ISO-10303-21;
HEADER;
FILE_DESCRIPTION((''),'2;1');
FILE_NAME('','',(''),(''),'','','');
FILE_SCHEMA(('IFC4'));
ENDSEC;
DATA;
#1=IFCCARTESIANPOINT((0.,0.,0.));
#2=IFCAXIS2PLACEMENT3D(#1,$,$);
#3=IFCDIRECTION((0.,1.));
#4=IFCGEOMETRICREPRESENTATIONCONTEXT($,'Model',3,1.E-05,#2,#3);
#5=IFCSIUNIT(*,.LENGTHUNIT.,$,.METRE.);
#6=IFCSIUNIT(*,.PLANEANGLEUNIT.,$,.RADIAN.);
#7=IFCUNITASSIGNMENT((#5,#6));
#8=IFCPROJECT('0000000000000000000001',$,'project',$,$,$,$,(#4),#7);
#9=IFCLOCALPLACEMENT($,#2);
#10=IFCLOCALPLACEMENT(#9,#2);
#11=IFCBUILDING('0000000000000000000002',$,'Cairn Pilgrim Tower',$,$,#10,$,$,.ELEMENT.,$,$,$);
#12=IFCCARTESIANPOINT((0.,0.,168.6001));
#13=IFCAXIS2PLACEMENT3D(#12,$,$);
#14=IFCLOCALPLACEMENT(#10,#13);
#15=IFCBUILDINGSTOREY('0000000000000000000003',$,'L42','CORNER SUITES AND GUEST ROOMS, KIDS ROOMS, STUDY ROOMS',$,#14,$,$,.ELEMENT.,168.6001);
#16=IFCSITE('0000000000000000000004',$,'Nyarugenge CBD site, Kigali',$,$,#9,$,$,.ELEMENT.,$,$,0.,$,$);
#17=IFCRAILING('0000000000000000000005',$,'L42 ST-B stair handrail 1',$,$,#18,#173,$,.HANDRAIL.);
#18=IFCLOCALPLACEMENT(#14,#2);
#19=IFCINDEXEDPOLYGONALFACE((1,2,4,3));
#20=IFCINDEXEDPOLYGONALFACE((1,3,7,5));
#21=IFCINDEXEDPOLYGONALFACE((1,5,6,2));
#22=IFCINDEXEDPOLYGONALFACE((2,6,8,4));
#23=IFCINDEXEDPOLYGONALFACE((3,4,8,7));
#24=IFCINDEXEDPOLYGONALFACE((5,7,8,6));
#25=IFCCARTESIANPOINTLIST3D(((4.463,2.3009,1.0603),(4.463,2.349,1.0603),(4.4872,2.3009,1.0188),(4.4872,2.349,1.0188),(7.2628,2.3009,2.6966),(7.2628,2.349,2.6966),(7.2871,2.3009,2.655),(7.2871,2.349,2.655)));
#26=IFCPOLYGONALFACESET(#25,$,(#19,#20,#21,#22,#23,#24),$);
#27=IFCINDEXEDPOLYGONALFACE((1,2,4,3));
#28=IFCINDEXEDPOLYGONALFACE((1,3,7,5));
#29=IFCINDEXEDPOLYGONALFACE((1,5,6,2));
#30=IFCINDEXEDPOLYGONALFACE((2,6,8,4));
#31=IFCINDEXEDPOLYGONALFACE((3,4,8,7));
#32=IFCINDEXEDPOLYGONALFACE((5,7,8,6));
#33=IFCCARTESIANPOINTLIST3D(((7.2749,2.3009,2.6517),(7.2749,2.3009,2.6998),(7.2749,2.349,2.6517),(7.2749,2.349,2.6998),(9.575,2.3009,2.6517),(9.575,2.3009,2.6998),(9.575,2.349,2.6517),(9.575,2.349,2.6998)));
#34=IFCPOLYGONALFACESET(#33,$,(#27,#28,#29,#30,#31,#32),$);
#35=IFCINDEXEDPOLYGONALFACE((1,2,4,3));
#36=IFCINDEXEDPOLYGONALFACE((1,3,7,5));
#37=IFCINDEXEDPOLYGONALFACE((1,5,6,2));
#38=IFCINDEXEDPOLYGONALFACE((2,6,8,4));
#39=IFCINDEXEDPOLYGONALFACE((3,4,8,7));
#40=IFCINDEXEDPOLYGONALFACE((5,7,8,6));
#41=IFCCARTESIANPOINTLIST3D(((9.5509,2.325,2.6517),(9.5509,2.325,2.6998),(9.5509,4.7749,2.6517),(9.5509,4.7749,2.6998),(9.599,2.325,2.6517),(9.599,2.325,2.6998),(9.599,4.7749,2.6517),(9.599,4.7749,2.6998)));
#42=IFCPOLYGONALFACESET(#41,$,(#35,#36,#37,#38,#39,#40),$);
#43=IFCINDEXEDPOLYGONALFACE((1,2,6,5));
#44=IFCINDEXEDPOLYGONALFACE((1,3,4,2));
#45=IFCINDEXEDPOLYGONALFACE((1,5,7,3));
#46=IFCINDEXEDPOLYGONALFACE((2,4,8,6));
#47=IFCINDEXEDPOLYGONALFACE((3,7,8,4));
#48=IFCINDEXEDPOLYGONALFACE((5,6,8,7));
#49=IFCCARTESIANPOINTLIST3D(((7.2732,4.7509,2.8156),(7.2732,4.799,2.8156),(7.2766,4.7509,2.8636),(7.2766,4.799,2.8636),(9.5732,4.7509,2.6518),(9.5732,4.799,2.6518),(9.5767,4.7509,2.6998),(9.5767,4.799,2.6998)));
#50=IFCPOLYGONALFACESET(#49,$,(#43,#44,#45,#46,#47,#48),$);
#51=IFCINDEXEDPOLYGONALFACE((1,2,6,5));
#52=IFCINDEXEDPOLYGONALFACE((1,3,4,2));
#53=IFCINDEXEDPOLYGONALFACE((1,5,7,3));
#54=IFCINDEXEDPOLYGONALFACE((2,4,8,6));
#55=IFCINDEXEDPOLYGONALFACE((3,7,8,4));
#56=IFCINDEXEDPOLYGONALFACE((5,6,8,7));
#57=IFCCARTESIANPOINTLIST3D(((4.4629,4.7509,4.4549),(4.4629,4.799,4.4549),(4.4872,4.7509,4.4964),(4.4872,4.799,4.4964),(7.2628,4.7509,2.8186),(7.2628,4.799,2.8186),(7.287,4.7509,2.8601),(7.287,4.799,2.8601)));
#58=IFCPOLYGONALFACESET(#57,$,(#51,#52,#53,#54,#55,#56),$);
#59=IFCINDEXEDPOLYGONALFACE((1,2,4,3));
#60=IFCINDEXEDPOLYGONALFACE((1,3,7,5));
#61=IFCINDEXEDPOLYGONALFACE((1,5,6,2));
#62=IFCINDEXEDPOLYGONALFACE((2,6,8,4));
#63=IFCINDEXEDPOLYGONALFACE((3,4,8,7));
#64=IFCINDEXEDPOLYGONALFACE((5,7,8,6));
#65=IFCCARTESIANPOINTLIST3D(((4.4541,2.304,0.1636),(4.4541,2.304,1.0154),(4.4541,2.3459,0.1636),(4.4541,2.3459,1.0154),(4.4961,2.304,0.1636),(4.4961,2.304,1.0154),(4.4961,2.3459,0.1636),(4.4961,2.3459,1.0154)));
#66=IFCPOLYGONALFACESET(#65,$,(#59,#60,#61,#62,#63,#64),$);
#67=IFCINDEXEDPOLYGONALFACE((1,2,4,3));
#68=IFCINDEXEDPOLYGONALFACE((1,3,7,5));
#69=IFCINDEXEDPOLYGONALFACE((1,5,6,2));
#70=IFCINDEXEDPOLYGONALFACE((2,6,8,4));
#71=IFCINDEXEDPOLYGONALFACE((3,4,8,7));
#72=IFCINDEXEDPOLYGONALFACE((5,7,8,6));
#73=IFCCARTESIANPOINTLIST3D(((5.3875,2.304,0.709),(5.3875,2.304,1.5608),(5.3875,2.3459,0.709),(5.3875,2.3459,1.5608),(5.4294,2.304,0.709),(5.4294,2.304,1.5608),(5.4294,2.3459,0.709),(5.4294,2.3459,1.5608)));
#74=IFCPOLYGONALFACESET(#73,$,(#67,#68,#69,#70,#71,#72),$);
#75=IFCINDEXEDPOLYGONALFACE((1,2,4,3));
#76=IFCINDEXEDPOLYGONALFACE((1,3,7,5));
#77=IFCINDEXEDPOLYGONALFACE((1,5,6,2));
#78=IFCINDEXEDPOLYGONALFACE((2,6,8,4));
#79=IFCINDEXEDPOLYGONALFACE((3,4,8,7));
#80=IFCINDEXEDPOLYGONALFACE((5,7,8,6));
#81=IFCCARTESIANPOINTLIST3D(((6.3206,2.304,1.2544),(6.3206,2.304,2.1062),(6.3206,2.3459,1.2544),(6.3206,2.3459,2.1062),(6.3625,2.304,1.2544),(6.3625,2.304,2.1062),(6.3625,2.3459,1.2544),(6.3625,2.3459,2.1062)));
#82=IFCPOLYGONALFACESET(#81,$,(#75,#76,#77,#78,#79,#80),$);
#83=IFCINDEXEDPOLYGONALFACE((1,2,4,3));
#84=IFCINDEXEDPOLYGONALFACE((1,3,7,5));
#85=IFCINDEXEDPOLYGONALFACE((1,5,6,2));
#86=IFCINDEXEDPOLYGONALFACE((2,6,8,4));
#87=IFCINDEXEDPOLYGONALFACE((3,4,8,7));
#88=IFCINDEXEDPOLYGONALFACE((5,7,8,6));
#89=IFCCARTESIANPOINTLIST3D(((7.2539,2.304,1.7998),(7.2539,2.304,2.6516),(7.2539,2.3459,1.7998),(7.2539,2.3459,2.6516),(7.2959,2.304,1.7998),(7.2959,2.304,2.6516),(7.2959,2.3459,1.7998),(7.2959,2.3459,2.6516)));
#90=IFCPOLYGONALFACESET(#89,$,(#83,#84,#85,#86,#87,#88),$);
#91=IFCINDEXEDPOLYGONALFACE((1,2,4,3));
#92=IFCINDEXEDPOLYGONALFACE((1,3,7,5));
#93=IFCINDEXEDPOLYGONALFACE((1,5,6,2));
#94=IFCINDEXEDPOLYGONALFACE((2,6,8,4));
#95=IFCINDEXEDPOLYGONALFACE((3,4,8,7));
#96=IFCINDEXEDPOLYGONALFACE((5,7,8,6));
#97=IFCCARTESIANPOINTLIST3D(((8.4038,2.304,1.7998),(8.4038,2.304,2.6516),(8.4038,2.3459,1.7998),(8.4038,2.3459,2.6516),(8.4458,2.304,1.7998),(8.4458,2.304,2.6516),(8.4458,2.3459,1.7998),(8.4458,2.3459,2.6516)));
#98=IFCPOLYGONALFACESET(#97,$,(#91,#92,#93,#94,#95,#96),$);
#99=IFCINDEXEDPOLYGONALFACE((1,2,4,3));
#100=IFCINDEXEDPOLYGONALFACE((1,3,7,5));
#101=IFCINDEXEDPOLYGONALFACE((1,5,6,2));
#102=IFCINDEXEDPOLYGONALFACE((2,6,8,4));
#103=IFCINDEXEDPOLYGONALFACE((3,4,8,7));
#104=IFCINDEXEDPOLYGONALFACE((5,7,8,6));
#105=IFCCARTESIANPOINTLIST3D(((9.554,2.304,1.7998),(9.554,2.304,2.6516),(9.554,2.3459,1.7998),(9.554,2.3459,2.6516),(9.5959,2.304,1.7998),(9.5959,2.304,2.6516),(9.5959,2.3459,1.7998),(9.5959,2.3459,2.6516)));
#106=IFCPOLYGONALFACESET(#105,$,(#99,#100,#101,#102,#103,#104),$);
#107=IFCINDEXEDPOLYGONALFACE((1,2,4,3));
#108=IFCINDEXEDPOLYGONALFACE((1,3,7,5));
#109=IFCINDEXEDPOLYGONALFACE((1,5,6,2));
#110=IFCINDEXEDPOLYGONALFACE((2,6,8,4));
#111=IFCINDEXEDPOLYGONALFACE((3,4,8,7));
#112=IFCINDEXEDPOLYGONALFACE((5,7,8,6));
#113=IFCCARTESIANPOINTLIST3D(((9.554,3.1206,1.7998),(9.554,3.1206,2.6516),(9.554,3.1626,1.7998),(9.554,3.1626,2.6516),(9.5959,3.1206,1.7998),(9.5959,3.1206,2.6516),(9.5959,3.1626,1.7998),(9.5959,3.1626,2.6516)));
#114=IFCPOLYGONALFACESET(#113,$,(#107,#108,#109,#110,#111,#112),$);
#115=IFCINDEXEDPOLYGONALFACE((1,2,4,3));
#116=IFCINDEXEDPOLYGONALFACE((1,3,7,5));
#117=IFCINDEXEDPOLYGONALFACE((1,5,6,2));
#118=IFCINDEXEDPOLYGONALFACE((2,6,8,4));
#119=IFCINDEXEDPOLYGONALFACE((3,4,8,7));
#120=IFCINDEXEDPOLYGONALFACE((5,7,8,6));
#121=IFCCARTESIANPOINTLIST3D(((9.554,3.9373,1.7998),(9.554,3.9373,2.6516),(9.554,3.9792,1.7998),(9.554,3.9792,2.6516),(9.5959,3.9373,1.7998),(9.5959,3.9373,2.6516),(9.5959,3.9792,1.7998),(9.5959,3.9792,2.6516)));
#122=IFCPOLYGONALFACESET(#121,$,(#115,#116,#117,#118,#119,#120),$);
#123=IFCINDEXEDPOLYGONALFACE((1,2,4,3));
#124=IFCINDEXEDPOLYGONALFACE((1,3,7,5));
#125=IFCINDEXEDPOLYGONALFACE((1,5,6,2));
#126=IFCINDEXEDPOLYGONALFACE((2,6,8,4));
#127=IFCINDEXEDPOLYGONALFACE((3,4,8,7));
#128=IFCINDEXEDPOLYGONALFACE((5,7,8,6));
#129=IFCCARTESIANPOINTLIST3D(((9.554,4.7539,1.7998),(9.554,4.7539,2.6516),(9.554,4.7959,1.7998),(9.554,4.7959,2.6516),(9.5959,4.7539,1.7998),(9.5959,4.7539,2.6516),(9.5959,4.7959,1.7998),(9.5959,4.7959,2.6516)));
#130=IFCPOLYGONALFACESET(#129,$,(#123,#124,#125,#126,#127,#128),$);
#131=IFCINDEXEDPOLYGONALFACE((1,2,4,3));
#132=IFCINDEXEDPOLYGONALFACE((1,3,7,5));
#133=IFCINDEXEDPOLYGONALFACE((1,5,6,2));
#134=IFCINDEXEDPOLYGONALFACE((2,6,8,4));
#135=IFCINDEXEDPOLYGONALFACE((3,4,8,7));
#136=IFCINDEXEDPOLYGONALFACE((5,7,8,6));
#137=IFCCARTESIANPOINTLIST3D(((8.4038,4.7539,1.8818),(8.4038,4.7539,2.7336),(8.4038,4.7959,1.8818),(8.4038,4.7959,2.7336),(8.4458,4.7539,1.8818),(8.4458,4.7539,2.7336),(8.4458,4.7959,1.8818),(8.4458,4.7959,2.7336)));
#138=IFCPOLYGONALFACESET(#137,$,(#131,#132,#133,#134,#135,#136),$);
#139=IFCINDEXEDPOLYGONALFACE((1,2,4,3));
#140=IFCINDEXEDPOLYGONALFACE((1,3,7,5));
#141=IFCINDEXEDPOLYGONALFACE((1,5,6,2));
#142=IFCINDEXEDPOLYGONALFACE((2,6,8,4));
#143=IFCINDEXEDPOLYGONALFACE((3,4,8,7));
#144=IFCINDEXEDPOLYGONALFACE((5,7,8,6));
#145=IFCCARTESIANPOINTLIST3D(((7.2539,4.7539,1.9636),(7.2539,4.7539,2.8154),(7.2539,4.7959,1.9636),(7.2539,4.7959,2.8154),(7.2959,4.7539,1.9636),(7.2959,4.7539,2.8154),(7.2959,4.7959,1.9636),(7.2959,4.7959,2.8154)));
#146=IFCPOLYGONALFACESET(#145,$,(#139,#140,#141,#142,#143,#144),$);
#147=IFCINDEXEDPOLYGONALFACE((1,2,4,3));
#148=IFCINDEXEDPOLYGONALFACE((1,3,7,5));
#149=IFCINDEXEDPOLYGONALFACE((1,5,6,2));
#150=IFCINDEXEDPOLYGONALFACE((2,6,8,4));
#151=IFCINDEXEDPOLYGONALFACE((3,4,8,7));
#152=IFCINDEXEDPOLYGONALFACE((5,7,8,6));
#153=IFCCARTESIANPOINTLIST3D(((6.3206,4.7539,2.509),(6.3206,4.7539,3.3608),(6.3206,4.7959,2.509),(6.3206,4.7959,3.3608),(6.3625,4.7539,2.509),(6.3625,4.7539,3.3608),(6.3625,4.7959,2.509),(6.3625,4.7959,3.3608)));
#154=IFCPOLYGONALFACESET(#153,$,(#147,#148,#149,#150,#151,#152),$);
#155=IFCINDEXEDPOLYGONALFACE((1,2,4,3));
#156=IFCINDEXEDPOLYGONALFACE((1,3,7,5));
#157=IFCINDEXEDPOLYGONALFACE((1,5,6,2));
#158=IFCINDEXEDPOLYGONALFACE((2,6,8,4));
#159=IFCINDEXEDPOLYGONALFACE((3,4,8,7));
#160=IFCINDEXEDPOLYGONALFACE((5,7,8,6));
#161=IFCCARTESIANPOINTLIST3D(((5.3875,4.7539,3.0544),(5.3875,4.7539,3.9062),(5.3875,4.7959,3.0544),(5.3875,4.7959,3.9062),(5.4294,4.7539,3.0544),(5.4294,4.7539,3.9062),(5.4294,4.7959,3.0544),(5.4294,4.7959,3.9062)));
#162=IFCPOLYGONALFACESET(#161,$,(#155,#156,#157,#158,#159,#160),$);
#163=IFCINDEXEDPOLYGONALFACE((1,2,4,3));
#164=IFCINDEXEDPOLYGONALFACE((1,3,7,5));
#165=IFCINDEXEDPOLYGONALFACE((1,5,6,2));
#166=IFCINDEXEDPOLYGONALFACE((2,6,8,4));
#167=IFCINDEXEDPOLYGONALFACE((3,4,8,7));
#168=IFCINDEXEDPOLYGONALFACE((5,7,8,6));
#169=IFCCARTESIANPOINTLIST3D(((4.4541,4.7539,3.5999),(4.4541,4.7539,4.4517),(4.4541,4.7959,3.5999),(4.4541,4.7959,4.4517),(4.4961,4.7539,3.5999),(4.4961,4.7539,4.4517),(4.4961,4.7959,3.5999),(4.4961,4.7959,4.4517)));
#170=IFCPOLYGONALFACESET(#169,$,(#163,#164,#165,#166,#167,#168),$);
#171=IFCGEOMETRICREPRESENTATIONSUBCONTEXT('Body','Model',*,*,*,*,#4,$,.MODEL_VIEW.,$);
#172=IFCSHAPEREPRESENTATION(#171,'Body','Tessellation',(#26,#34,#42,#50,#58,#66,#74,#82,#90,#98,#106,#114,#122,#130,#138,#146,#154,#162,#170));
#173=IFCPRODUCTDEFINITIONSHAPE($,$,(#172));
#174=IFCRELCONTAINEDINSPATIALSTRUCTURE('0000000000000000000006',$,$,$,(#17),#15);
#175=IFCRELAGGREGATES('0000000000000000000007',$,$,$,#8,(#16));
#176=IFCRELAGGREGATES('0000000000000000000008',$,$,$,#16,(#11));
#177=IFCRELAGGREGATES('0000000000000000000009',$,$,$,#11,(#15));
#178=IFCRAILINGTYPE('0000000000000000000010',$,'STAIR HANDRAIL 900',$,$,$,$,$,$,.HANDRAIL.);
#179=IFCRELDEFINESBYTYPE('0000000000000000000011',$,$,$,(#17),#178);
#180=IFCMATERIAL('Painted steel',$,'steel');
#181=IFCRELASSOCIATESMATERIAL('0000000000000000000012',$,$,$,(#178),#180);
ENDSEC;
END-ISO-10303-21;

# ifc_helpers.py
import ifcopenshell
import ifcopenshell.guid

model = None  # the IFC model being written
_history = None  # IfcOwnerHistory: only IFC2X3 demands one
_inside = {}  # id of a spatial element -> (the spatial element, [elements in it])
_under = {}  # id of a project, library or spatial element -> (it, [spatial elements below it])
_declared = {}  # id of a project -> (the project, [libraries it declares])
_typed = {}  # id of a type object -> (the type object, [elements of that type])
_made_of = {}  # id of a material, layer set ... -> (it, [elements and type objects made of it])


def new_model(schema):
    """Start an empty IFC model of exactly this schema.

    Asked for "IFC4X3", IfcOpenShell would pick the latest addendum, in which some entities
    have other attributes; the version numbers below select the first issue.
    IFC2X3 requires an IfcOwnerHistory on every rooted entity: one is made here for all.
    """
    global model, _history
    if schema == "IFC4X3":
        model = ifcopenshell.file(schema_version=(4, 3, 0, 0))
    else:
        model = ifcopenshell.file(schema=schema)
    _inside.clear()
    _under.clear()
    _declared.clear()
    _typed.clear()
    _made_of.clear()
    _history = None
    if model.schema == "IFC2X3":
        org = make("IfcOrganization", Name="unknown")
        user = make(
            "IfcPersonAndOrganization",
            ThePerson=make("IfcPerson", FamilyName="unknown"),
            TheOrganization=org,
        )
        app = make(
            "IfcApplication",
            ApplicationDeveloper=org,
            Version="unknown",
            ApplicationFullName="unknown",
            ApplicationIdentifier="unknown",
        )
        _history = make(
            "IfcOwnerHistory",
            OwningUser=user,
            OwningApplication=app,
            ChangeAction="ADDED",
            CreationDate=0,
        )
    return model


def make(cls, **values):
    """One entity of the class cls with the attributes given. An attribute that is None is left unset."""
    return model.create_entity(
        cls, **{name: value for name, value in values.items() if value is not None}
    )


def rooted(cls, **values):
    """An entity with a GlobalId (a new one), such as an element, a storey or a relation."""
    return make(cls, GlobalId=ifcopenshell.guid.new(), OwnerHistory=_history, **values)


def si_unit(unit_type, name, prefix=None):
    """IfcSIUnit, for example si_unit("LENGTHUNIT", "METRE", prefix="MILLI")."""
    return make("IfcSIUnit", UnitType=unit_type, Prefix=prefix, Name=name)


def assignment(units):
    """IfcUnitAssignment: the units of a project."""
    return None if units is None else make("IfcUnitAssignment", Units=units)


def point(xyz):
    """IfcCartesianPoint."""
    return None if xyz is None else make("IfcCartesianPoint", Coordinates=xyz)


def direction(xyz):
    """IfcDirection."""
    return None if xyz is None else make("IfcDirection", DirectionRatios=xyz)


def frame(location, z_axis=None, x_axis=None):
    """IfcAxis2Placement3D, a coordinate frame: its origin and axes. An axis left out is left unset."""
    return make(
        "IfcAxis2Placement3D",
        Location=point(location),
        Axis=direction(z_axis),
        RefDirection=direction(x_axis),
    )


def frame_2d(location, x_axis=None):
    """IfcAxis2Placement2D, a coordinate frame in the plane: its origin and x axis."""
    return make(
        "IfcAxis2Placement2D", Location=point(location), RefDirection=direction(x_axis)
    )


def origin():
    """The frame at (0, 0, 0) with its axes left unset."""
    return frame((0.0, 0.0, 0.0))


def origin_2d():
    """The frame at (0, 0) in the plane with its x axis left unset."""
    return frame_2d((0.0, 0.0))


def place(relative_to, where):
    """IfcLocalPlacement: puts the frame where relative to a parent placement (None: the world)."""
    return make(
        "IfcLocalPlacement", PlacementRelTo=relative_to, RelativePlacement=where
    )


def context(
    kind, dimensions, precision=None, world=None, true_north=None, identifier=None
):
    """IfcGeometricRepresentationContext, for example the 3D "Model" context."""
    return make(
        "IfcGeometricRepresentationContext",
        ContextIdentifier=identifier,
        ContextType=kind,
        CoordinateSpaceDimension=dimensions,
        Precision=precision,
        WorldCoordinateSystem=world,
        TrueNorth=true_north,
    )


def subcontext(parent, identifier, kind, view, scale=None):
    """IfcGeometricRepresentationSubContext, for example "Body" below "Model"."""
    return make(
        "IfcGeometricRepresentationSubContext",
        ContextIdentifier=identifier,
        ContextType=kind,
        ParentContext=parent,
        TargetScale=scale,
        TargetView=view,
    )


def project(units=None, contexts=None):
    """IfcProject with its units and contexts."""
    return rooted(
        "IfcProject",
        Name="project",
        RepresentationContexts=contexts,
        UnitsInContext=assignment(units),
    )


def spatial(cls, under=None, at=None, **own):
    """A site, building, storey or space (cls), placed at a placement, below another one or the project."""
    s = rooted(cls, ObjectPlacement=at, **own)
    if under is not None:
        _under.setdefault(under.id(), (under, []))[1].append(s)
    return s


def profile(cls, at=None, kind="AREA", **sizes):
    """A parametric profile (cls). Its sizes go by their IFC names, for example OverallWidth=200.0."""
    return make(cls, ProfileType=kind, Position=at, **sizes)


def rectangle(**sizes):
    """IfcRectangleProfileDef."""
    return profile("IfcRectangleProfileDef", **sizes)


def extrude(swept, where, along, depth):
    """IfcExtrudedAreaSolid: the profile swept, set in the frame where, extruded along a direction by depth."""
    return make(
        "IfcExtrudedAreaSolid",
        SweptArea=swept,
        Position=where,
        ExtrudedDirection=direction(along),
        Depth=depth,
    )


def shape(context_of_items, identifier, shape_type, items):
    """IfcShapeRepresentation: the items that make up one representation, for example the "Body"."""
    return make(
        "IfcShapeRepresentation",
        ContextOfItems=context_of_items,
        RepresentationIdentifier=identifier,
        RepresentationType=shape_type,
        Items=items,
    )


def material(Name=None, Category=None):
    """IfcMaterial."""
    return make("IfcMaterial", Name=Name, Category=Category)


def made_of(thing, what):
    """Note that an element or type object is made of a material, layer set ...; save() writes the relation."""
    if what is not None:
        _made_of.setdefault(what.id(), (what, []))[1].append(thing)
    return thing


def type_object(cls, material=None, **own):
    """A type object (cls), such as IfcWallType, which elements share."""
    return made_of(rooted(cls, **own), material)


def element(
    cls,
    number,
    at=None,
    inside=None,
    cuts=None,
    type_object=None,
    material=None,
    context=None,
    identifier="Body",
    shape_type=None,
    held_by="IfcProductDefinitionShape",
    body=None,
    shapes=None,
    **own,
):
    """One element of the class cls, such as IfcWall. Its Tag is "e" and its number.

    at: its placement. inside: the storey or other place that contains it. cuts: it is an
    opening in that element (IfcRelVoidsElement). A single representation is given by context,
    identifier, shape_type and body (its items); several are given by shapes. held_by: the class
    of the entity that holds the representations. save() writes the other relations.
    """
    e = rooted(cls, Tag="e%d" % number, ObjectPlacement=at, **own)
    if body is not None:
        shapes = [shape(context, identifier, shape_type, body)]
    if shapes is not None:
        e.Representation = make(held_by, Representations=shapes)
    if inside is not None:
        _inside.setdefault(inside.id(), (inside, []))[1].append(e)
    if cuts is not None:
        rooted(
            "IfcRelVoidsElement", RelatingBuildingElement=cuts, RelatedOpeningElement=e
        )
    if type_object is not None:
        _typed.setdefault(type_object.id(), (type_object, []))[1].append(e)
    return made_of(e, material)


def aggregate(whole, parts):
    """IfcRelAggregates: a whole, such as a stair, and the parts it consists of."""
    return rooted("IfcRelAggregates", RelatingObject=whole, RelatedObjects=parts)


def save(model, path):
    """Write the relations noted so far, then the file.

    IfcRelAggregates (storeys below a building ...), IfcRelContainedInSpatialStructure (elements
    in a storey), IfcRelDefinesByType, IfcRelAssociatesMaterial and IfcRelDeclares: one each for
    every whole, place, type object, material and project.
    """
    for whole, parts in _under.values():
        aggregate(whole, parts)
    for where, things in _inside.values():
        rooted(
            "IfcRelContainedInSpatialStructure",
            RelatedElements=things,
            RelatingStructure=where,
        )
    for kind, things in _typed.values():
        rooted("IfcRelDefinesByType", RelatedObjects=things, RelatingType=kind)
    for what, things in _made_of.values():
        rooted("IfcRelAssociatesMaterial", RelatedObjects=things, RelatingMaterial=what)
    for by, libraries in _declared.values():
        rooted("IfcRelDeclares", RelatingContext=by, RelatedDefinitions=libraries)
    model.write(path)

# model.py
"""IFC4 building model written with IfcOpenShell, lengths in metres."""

from ifc_helpers import new_model, si_unit, direction, frame, origin, origin_2d, place, context, subcontext, project, spatial, rectangle, extrude, material, type_object, element, save


model = new_model("IFC4")

# Units and contexts
model_context = context("Model", 3, precision=1e-05, world=origin(), true_north=direction((0.0, 1.0)))
body_context = subcontext(model_context, "Body", "Model", "MODEL_VIEW")
ifc_project = project(units=[si_unit("LENGTHUNIT", "METRE"), si_unit("PLANEANGLEUNIT", "RADIAN")], contexts=[model_context])

# Site, building, storey
site_placement = place(None, origin())
site = spatial("IfcSite", under=ifc_project, at=site_placement, Name="Nyarugenge CBD site, Kigali", CompositionType="ELEMENT", RefElevation=0.0)
building_placement = place(site_placement, origin())
building = spatial("IfcBuilding", under=site, at=building_placement, Name="Cairn Pilgrim Tower", CompositionType="ELEMENT")
storey_placement = place(building_placement, frame((0.0, 0.0, 168.6001)))
storey = spatial("IfcBuildingStorey", under=building, at=storey_placement, Name="L42", Description="CORNER SUITES AND GUEST ROOMS, KIDS ROOMS, STUDY ROOMS", CompositionType="ELEMENT", Elevation=168.6001)

# Shared definitions
ifc_material_1 = material(Name="Painted steel", Category="steel")

# Railing
railing_type_1 = type_object("IfcRailingType", Name="STAIR HANDRAIL 900", PredefinedType="HANDRAIL", material=ifc_material_1)
railing_1_placement = place(storey_placement, frame((4.4751, 2.325, 0.1636)))
element("IfcRailing", 1, at=railing_1_placement, inside=storey, type_object=railing_type_1, Name="L42 ST-B stair handrail 1", PredefinedType="HANDRAIL", context=body_context, shape_type="SweptSolid", body=[
    extrude(rectangle(XDim=0.0481, YDim=0.0481, at=origin_2d()), frame((0.0, 0.0, 0.876), z_axis=(0.863374, 0.0, 0.504564), x_axis=(0.0, 1.0, 0.0)), (0.0, 0.0, 1.0), 3.2429),
    extrude(rectangle(XDim=0.0481, YDim=0.0481, at=origin_2d()), frame((2.7998, 0.0, 2.5122), z_axis=(1.0, 0.0, 0.0), x_axis=(0.0, 1.0, 0.0)), (0.0, 0.0, 1.0), 2.3),
    extrude(rectangle(XDim=0.0481, YDim=0.0481, at=origin_2d()), frame((5.0999, 0.0, 2.5122), z_axis=(0.0, 1.0, 0.0), x_axis=(-1.0, 0.0, 0.0)), (0.0, 0.0, 1.0), 2.45),
    extrude(rectangle(XDim=0.0481, YDim=0.0481, at=origin_2d()), frame((5.0999, 2.45, 2.5122), z_axis=(-0.997473, 0.0, 0.071044), x_axis=(0.0, -1.0, 0.0)), (0.0, 0.0, 1.0), 2.3059),
    extrude(rectangle(XDim=0.0481, YDim=0.0481, at=origin_2d()), frame((2.7998, 2.45, 2.6758), z_axis=(-0.863374, 0.0, 0.504564), x_axis=(0.0, -1.0, 0.0)), (0.0, 0.0, 1.0), 3.2429),
    extrude(rectangle(XDim=0.042, YDim=0.042, at=origin_2d()), origin(), (0.0, 0.0, 1.0), 0.8518),
    extrude(rectangle(XDim=0.042, YDim=0.042, at=origin_2d()), frame((0.9333, 0.0, 0.5454)), (0.0, 0.0, 1.0), 0.8518),
    extrude(rectangle(XDim=0.042, YDim=0.042, at=origin_2d()), frame((1.8665, 0.0, 1.0908)), (0.0, 0.0, 1.0), 0.8518),
    extrude(rectangle(XDim=0.042, YDim=0.042, at=origin_2d()), frame((2.7998, 0.0, 1.6362)), (0.0, 0.0, 1.0), 0.8518),
    extrude(rectangle(XDim=0.042, YDim=0.042, at=origin_2d()), frame((3.9497, 0.0, 1.6362)), (0.0, 0.0, 1.0), 0.8518),
    extrude(rectangle(XDim=0.042, YDim=0.042, at=origin_2d()), frame((5.0999, 0.0, 1.6362)), (0.0, 0.0, 1.0), 0.8518),
    extrude(rectangle(XDim=0.042, YDim=0.042, at=origin_2d()), frame((5.0999, 0.8167, 1.6362)), (0.0, 0.0, 1.0), 0.8518),
    extrude(rectangle(XDim=0.042, YDim=0.042, at=origin_2d()), frame((5.0999, 1.6333, 1.6362)), (0.0, 0.0, 1.0), 0.8518),
    extrude(rectangle(XDim=0.042, YDim=0.042, at=origin_2d()), frame((5.0999, 2.45, 1.6362)), (0.0, 0.0, 1.0), 0.8518),
    extrude(rectangle(XDim=0.042, YDim=0.042, at=origin_2d()), frame((3.9497, 2.45, 1.7183)), (0.0, 0.0, 1.0), 0.8518),
    extrude(rectangle(XDim=0.042, YDim=0.042, at=origin_2d()), frame((2.7998, 2.45, 1.8)), (0.0, 0.0, 1.0), 0.8518),
    extrude(rectangle(XDim=0.042, YDim=0.042, at=origin_2d()), frame((1.8665, 2.45, 2.3455)), (0.0, 0.0, 1.0), 0.8518),
    extrude(rectangle(XDim=0.042, YDim=0.042, at=origin_2d()), frame((0.9333, 2.45, 2.8909)), (0.0, 0.0, 1.0), 0.8518),
    extrude(rectangle(XDim=0.042, YDim=0.042, at=origin_2d()), frame((0.0, 2.45, 3.4363)), (0.0, 0.0, 1.0), 0.8518),
])

save(model, "model.ifc")
